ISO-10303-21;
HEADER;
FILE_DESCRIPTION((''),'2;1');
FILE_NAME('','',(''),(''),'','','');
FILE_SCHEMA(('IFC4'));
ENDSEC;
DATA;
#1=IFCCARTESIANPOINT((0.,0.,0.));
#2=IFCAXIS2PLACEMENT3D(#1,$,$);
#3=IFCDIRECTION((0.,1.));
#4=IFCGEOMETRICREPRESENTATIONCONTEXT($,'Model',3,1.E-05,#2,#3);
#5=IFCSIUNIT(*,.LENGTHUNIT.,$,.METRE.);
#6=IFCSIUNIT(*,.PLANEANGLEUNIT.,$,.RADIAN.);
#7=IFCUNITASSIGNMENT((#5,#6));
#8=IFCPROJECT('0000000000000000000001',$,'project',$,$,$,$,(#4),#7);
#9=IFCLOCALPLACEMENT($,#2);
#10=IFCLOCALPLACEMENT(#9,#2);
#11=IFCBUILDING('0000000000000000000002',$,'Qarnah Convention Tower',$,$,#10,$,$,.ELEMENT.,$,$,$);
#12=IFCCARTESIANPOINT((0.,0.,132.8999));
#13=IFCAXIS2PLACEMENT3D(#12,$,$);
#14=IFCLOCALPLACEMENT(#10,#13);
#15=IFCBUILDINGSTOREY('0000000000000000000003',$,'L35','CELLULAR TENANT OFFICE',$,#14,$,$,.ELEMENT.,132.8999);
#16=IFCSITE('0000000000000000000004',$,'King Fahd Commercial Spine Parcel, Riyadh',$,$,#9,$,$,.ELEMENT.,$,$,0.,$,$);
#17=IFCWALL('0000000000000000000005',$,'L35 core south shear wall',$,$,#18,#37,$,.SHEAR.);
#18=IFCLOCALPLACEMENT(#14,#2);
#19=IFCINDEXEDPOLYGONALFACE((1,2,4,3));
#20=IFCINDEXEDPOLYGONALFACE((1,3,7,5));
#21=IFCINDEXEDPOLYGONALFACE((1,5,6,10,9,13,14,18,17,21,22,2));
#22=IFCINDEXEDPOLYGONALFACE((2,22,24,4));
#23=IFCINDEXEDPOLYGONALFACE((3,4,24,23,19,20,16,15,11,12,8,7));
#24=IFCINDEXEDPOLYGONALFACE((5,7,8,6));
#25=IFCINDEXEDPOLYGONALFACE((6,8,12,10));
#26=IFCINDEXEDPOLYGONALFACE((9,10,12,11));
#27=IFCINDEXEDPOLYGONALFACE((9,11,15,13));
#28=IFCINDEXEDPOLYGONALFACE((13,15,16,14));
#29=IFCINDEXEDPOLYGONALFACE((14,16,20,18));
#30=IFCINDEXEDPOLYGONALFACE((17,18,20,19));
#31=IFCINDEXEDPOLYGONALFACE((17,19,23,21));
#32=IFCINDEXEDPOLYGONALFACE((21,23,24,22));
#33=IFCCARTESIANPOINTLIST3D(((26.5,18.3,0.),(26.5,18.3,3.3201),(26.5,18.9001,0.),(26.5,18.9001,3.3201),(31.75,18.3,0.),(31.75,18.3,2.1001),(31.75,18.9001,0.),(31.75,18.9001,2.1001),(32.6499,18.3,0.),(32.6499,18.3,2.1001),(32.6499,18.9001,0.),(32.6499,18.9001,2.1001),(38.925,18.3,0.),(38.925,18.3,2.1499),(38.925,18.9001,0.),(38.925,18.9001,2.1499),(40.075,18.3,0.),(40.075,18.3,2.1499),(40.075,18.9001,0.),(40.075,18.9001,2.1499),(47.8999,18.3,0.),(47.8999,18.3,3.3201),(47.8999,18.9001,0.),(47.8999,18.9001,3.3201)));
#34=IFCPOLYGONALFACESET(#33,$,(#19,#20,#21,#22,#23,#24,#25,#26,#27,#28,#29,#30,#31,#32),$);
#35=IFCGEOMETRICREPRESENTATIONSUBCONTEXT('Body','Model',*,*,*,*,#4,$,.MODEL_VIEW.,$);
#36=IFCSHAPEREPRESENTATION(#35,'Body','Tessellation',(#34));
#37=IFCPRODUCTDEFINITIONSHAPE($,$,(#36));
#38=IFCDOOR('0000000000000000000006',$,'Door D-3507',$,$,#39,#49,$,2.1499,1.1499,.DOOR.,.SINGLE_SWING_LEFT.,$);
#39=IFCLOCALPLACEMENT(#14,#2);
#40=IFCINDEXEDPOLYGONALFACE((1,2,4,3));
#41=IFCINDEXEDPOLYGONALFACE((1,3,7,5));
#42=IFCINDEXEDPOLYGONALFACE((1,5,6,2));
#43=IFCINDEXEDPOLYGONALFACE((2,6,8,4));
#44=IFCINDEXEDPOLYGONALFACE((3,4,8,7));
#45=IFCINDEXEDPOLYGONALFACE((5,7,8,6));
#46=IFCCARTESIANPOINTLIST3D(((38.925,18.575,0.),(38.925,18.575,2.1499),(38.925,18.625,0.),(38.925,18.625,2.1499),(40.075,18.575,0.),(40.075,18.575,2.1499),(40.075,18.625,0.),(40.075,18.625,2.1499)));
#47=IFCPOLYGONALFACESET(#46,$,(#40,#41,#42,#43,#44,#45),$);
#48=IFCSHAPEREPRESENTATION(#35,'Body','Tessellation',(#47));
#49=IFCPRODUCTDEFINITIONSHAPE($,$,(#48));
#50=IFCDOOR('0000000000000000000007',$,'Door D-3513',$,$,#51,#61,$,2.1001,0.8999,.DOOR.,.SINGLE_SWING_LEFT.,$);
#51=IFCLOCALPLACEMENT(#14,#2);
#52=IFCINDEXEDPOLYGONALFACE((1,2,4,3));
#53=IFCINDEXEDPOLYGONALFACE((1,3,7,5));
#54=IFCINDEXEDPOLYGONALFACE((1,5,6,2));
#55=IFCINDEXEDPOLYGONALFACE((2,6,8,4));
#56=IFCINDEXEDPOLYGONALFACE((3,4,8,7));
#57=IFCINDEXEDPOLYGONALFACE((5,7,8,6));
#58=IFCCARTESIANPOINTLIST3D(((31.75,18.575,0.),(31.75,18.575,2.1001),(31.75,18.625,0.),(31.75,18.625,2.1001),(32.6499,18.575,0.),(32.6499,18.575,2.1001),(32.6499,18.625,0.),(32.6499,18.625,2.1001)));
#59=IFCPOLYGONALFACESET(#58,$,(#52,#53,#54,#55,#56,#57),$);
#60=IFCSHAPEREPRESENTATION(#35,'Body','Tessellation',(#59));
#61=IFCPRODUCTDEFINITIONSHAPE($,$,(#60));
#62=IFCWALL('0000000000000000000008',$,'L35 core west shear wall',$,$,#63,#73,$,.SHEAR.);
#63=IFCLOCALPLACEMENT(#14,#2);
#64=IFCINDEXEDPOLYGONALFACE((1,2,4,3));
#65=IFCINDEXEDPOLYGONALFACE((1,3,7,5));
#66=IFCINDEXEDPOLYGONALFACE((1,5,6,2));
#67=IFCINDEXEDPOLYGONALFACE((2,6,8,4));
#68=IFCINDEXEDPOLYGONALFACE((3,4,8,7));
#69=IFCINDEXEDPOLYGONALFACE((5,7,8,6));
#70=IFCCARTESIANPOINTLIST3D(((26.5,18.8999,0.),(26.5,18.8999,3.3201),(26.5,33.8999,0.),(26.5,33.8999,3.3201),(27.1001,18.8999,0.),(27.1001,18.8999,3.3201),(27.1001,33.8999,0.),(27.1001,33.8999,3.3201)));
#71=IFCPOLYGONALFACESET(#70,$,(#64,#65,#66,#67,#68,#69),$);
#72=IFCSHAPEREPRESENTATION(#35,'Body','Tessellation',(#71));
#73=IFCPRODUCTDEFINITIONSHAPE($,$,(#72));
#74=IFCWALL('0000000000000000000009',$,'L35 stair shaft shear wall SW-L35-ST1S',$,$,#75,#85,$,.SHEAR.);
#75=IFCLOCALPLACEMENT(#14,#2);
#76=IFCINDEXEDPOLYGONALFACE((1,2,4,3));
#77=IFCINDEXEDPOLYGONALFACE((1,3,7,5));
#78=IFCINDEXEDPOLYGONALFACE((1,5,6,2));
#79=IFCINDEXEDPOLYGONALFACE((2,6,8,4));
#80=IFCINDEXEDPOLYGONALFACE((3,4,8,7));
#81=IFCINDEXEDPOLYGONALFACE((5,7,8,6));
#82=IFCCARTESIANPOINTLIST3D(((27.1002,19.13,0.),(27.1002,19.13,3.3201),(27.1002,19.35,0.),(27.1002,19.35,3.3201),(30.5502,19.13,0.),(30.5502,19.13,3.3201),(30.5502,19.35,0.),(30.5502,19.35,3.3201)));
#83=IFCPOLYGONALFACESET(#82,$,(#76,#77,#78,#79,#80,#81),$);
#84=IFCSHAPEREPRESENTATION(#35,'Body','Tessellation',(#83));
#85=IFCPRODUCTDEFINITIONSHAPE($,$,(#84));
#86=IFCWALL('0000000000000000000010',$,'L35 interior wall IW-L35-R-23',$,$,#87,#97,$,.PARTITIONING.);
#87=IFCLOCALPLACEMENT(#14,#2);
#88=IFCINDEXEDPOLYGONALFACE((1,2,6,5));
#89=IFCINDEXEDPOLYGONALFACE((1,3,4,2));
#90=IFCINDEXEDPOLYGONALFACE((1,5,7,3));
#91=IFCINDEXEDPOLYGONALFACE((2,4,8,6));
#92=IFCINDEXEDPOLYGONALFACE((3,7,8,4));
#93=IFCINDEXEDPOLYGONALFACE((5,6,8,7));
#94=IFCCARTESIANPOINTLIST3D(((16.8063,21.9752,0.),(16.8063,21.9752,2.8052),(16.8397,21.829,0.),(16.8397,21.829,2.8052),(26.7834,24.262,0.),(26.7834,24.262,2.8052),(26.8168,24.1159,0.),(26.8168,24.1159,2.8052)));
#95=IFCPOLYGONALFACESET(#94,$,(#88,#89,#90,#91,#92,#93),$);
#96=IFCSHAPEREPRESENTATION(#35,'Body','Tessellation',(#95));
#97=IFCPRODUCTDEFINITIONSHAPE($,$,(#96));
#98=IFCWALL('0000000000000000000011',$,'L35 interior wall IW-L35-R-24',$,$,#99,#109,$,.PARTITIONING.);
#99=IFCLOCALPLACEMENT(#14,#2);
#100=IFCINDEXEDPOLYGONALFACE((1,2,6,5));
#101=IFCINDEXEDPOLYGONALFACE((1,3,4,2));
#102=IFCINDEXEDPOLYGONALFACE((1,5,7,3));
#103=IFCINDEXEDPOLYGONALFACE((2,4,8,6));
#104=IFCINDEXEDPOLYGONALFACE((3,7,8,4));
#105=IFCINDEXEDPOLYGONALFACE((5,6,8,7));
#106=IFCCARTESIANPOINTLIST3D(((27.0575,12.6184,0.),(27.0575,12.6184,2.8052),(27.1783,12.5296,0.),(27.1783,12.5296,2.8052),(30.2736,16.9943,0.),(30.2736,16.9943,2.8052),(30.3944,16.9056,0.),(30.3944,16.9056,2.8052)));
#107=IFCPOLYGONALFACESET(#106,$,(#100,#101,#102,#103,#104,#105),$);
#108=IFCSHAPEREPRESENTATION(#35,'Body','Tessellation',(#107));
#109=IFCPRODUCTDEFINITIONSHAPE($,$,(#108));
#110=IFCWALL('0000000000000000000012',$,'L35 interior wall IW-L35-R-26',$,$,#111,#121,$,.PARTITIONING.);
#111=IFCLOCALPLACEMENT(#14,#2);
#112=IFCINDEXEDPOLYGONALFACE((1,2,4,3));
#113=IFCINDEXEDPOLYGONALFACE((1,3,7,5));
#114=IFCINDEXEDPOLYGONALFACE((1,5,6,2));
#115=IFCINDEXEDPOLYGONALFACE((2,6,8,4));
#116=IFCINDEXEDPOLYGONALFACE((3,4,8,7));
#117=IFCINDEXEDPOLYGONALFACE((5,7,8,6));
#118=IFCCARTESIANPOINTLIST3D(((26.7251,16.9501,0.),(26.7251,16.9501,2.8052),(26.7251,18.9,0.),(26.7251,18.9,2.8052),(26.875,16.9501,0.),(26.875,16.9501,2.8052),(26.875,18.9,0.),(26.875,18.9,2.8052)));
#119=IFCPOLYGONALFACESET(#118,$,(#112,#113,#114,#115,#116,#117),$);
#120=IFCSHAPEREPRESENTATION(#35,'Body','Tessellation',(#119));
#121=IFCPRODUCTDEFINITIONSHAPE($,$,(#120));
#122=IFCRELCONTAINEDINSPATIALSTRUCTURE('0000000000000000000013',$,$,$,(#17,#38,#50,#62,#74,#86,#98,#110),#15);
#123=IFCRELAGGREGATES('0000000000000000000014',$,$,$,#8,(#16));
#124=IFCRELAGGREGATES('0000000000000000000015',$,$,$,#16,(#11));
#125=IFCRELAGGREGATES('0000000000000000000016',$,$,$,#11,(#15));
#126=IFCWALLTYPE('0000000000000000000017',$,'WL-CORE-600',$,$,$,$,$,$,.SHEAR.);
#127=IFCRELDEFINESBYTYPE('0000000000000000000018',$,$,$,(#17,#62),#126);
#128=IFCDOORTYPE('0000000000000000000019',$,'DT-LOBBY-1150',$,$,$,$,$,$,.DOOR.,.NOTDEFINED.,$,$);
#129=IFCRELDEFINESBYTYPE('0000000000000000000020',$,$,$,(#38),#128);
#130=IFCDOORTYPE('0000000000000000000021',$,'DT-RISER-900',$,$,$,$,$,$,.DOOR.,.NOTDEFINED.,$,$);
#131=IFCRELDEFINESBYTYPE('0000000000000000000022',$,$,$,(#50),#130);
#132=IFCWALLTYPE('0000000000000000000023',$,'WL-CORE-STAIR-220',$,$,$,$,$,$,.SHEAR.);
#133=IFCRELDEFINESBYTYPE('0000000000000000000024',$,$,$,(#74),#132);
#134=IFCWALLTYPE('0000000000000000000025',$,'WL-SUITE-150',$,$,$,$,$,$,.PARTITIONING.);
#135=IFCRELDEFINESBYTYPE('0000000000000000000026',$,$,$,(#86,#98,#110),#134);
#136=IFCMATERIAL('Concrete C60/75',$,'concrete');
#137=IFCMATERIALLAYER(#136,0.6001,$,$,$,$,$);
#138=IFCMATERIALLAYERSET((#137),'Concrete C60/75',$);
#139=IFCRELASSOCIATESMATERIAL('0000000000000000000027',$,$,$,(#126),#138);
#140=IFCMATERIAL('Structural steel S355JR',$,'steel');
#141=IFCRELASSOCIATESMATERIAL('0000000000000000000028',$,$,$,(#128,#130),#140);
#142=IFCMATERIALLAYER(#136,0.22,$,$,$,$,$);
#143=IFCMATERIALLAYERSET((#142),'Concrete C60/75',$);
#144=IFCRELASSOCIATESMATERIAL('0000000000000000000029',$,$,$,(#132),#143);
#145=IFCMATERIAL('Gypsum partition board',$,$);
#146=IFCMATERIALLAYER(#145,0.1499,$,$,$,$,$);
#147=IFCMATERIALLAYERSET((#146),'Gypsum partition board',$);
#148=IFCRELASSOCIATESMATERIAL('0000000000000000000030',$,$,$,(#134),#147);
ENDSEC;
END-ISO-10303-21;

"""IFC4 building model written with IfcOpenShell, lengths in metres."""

from ifc_helpers import new_model, si_unit, direction, frame, frame_2d, origin, place, context, subcontext, project, spatial, rectangle, extrude, material, layer, layer_set, type_object, element, fill, save


model = new_model("IFC4")

# Units and contexts
model_context = context("Model", 3, precision=1e-05, world=origin(), true_north=direction((0.0, 1.0)))
body_context = subcontext(model_context, "Body", "Model", "MODEL_VIEW")
ifc_project = project(units=[si_unit("LENGTHUNIT", "METRE"), si_unit("PLANEANGLEUNIT", "RADIAN")], contexts=[model_context])

# Site, building, storey
site_placement = place(None, origin())
site = spatial("IfcSite", under=ifc_project, at=site_placement, Name="King Fahd Commercial Spine Parcel, Riyadh", CompositionType="ELEMENT", RefElevation=0.0)
building_placement = place(site_placement, origin())
building = spatial("IfcBuilding", under=site, at=building_placement, Name="Qarnah Convention Tower", CompositionType="ELEMENT")
storey_placement = place(building_placement, frame((0.0, 0.0, 132.8999)))
storey = spatial("IfcBuildingStorey", under=building, at=storey_placement, Name="L35", Description="CELLULAR TENANT OFFICE", CompositionType="ELEMENT", Elevation=132.8999)

# Shared definitions
ifc_material_1 = material(Name="Concrete C60/75", Category="concrete")

# Shared definitions
ifc_material_2 = material(Name="Structural steel S355JR", Category="steel")

# Wall, openings, doors
ifc_layer_1 = layer(ifc_material_1, 0.6001)
ifc_layer_set_1 = layer_set([ifc_layer_1], Name="Concrete C60/75")
wall_type_1 = type_object("IfcWallType", Name="WL-CORE-600", PredefinedType="SHEAR", material=ifc_layer_set_1)
wall_1_placement = place(storey_placement, frame((26.5, 18.6001, 0.0), z_axis=(0.0, 0.0, 1.0), x_axis=(1.0, 0.0, 0.0)))
wall_1 = element("IfcWall", 1, at=wall_1_placement, inside=storey, type_object=wall_type_1, Name="L35 core south shear wall", PredefinedType="SHEAR", context=body_context, shape_type="SweptSolid", body=[
    extrude(rectangle(XDim=21.3999, YDim=0.6001, at=frame_2d((10.7, 0.0))), origin(), (0.0, 0.0, 1.0), 3.3201),
])
opening_1_placement = place(wall_1_placement, frame((12.425, 0.0, 0.0)))
opening_1 = element("IfcOpeningElement", 2, at=opening_1_placement, cuts=wall_1, PredefinedType="OPENING", context=body_context, shape_type="SweptSolid", body=[
    extrude(rectangle(XDim=1.1499, YDim=2.1499, at=frame_2d((0.575, 1.075))), frame((0.0, 0.3101, 0.0), z_axis=(0.0, -1.0, 0.0), x_axis=(1.0, 0.0, 0.0)), (0.0, 0.0, 1.0), 0.6201),
])
opening_2_placement = place(wall_1_placement, frame((5.25, 0.0, 0.0)))
opening_2 = element("IfcOpeningElement", 3, at=opening_2_placement, cuts=wall_1, PredefinedType="OPENING", context=body_context, shape_type="SweptSolid", body=[
    extrude(rectangle(XDim=0.8999, YDim=2.1001, at=frame_2d((0.45, 1.05))), frame((0.0, 0.3101, 0.0), z_axis=(0.0, -1.0, 0.0), x_axis=(1.0, 0.0, 0.0)), (0.0, 0.0, 1.0), 0.6201),
])
door_type_1 = type_object("IfcDoorType", Name="DT-LOBBY-1150", OperationType="NOTDEFINED", PredefinedType="DOOR", material=ifc_material_2)
door_1_placement = place(opening_1_placement, origin())
door_1 = element("IfcDoor", 4, at=door_1_placement, inside=storey, type_object=door_type_1, Name="Door D-3507", OperationType="SINGLE_SWING_LEFT", OverallHeight=2.1499, OverallWidth=1.1499, PredefinedType="DOOR", context=body_context, shape_type="SweptSolid", body=[
    extrude(rectangle(XDim=1.1499, YDim=2.1499, at=frame_2d((0.575, 1.075))), frame((0.0, 0.0249, 0.0), z_axis=(0.0, -1.0, 0.0), x_axis=(1.0, 0.0, 0.0)), (0.0, 0.0, 1.0), 0.05),
])
fill(opening_1, door_1)
door_type_2 = type_object("IfcDoorType", Name="DT-RISER-900", OperationType="NOTDEFINED", PredefinedType="DOOR", material=ifc_material_2)
door_2_placement = place(opening_2_placement, origin())
door_2 = element("IfcDoor", 5, at=door_2_placement, inside=storey, type_object=door_type_2, Name="Door D-3513", OperationType="SINGLE_SWING_LEFT", OverallHeight=2.1001, OverallWidth=0.8999, PredefinedType="DOOR", context=body_context, shape_type="SweptSolid", body=[
    extrude(rectangle(XDim=0.8999, YDim=2.1001, at=frame_2d((0.45, 1.05))), frame((0.0, 0.0249, 0.0), z_axis=(0.0, -1.0, 0.0), x_axis=(1.0, 0.0, 0.0)), (0.0, 0.0, 1.0), 0.05),
])
fill(opening_2, door_2)

# Walls
wall_2_placement = place(storey_placement, frame((26.8, 18.8999, 0.0), z_axis=(0.0, 0.0, 1.0), x_axis=(0.0, 1.0, 0.0)))
element("IfcWall", 6, at=wall_2_placement, inside=storey, type_object=wall_type_1, Name="L35 core west shear wall", PredefinedType="SHEAR", context=body_context, shape_type="SweptSolid", body=[
    extrude(rectangle(XDim=15.0, YDim=0.6001, at=frame_2d((7.5, 0.0))), origin(), (0.0, 0.0, 1.0), 3.3201),
])
ifc_layer_2 = layer(ifc_material_1, 0.22)
ifc_layer_set_2 = layer_set([ifc_layer_2], Name="Concrete C60/75")
wall_type_2 = type_object("IfcWallType", Name="WL-CORE-STAIR-220", PredefinedType="SHEAR", material=ifc_layer_set_2)
wall_3_placement = place(storey_placement, frame((27.1001, 19.24, 0.0), z_axis=(0.0, 0.0, 1.0), x_axis=(1.0, 0.0, 0.0)))
element("IfcWall", 7, at=wall_3_placement, inside=storey, type_object=wall_type_2, Name="L35 stair shaft shear wall SW-L35-ST1S", PredefinedType="SHEAR", context=body_context, shape_type="SweptSolid", body=[
    extrude(rectangle(XDim=3.45, YDim=0.22, at=frame_2d((1.7251, 0.0))), origin(), (0.0, 0.0, 1.0), 3.3201),
])
ifc_material_3 = material(Name="Gypsum partition board")
ifc_layer_3 = layer(ifc_material_3, 0.1499)
ifc_layer_set_3 = layer_set([ifc_layer_3], Name="Gypsum partition board")
wall_type_3 = type_object("IfcWallType", Name="WL-SUITE-150", PredefinedType="PARTITIONING", material=ifc_layer_set_3)
wall_4_placement = place(storey_placement, frame((16.823, 21.9021, 0.0), z_axis=(0.0, 0.0, 1.0), x_axis=(0.974723, 0.223419, 0.0)))
element("IfcWall", 8, at=wall_4_placement, inside=storey, type_object=wall_type_3, Name="L35 interior wall IW-L35-R-23", PredefinedType="PARTITIONING", context=body_context, shape_type="SweptSolid", body=[
    extrude(rectangle(XDim=10.2358, YDim=0.1499, at=frame_2d((5.1179, 0.0))), origin(), (0.0, 0.0, 1.0), 2.8052),
])
wall_5_placement = place(storey_placement, frame((27.1179, 12.574, 0.0), z_axis=(0.0, 0.0, 1.0), x_axis=(0.592203, 0.805789, 0.0)))
element("IfcWall", 9, at=wall_5_placement, inside=storey, type_object=wall_type_3, Name="L35 interior wall IW-L35-R-24", PredefinedType="PARTITIONING", context=body_context, shape_type="SweptSolid", body=[
    extrude(rectangle(XDim=5.4307, YDim=0.1499, at=frame_2d((2.7153, 0.0))), origin(), (0.0, 0.0, 1.0), 2.8052),
])
wall_6_placement = place(storey_placement, frame((26.8, 16.95, 0.0), z_axis=(0.0, 0.0, 1.0), x_axis=(0.0, 1.0, 0.0)))
element("IfcWall", 10, at=wall_6_placement, inside=storey, type_object=wall_type_3, Name="L35 interior wall IW-L35-R-26", PredefinedType="PARTITIONING", context=body_context, shape_type="SweptSolid", body=[
    extrude(rectangle(XDim=1.95, YDim=0.1499, at=frame_2d((0.9751, 0.0))), origin(), (0.0, 0.0, 1.0), 2.8052),
])

save(model, "model.ifc")
